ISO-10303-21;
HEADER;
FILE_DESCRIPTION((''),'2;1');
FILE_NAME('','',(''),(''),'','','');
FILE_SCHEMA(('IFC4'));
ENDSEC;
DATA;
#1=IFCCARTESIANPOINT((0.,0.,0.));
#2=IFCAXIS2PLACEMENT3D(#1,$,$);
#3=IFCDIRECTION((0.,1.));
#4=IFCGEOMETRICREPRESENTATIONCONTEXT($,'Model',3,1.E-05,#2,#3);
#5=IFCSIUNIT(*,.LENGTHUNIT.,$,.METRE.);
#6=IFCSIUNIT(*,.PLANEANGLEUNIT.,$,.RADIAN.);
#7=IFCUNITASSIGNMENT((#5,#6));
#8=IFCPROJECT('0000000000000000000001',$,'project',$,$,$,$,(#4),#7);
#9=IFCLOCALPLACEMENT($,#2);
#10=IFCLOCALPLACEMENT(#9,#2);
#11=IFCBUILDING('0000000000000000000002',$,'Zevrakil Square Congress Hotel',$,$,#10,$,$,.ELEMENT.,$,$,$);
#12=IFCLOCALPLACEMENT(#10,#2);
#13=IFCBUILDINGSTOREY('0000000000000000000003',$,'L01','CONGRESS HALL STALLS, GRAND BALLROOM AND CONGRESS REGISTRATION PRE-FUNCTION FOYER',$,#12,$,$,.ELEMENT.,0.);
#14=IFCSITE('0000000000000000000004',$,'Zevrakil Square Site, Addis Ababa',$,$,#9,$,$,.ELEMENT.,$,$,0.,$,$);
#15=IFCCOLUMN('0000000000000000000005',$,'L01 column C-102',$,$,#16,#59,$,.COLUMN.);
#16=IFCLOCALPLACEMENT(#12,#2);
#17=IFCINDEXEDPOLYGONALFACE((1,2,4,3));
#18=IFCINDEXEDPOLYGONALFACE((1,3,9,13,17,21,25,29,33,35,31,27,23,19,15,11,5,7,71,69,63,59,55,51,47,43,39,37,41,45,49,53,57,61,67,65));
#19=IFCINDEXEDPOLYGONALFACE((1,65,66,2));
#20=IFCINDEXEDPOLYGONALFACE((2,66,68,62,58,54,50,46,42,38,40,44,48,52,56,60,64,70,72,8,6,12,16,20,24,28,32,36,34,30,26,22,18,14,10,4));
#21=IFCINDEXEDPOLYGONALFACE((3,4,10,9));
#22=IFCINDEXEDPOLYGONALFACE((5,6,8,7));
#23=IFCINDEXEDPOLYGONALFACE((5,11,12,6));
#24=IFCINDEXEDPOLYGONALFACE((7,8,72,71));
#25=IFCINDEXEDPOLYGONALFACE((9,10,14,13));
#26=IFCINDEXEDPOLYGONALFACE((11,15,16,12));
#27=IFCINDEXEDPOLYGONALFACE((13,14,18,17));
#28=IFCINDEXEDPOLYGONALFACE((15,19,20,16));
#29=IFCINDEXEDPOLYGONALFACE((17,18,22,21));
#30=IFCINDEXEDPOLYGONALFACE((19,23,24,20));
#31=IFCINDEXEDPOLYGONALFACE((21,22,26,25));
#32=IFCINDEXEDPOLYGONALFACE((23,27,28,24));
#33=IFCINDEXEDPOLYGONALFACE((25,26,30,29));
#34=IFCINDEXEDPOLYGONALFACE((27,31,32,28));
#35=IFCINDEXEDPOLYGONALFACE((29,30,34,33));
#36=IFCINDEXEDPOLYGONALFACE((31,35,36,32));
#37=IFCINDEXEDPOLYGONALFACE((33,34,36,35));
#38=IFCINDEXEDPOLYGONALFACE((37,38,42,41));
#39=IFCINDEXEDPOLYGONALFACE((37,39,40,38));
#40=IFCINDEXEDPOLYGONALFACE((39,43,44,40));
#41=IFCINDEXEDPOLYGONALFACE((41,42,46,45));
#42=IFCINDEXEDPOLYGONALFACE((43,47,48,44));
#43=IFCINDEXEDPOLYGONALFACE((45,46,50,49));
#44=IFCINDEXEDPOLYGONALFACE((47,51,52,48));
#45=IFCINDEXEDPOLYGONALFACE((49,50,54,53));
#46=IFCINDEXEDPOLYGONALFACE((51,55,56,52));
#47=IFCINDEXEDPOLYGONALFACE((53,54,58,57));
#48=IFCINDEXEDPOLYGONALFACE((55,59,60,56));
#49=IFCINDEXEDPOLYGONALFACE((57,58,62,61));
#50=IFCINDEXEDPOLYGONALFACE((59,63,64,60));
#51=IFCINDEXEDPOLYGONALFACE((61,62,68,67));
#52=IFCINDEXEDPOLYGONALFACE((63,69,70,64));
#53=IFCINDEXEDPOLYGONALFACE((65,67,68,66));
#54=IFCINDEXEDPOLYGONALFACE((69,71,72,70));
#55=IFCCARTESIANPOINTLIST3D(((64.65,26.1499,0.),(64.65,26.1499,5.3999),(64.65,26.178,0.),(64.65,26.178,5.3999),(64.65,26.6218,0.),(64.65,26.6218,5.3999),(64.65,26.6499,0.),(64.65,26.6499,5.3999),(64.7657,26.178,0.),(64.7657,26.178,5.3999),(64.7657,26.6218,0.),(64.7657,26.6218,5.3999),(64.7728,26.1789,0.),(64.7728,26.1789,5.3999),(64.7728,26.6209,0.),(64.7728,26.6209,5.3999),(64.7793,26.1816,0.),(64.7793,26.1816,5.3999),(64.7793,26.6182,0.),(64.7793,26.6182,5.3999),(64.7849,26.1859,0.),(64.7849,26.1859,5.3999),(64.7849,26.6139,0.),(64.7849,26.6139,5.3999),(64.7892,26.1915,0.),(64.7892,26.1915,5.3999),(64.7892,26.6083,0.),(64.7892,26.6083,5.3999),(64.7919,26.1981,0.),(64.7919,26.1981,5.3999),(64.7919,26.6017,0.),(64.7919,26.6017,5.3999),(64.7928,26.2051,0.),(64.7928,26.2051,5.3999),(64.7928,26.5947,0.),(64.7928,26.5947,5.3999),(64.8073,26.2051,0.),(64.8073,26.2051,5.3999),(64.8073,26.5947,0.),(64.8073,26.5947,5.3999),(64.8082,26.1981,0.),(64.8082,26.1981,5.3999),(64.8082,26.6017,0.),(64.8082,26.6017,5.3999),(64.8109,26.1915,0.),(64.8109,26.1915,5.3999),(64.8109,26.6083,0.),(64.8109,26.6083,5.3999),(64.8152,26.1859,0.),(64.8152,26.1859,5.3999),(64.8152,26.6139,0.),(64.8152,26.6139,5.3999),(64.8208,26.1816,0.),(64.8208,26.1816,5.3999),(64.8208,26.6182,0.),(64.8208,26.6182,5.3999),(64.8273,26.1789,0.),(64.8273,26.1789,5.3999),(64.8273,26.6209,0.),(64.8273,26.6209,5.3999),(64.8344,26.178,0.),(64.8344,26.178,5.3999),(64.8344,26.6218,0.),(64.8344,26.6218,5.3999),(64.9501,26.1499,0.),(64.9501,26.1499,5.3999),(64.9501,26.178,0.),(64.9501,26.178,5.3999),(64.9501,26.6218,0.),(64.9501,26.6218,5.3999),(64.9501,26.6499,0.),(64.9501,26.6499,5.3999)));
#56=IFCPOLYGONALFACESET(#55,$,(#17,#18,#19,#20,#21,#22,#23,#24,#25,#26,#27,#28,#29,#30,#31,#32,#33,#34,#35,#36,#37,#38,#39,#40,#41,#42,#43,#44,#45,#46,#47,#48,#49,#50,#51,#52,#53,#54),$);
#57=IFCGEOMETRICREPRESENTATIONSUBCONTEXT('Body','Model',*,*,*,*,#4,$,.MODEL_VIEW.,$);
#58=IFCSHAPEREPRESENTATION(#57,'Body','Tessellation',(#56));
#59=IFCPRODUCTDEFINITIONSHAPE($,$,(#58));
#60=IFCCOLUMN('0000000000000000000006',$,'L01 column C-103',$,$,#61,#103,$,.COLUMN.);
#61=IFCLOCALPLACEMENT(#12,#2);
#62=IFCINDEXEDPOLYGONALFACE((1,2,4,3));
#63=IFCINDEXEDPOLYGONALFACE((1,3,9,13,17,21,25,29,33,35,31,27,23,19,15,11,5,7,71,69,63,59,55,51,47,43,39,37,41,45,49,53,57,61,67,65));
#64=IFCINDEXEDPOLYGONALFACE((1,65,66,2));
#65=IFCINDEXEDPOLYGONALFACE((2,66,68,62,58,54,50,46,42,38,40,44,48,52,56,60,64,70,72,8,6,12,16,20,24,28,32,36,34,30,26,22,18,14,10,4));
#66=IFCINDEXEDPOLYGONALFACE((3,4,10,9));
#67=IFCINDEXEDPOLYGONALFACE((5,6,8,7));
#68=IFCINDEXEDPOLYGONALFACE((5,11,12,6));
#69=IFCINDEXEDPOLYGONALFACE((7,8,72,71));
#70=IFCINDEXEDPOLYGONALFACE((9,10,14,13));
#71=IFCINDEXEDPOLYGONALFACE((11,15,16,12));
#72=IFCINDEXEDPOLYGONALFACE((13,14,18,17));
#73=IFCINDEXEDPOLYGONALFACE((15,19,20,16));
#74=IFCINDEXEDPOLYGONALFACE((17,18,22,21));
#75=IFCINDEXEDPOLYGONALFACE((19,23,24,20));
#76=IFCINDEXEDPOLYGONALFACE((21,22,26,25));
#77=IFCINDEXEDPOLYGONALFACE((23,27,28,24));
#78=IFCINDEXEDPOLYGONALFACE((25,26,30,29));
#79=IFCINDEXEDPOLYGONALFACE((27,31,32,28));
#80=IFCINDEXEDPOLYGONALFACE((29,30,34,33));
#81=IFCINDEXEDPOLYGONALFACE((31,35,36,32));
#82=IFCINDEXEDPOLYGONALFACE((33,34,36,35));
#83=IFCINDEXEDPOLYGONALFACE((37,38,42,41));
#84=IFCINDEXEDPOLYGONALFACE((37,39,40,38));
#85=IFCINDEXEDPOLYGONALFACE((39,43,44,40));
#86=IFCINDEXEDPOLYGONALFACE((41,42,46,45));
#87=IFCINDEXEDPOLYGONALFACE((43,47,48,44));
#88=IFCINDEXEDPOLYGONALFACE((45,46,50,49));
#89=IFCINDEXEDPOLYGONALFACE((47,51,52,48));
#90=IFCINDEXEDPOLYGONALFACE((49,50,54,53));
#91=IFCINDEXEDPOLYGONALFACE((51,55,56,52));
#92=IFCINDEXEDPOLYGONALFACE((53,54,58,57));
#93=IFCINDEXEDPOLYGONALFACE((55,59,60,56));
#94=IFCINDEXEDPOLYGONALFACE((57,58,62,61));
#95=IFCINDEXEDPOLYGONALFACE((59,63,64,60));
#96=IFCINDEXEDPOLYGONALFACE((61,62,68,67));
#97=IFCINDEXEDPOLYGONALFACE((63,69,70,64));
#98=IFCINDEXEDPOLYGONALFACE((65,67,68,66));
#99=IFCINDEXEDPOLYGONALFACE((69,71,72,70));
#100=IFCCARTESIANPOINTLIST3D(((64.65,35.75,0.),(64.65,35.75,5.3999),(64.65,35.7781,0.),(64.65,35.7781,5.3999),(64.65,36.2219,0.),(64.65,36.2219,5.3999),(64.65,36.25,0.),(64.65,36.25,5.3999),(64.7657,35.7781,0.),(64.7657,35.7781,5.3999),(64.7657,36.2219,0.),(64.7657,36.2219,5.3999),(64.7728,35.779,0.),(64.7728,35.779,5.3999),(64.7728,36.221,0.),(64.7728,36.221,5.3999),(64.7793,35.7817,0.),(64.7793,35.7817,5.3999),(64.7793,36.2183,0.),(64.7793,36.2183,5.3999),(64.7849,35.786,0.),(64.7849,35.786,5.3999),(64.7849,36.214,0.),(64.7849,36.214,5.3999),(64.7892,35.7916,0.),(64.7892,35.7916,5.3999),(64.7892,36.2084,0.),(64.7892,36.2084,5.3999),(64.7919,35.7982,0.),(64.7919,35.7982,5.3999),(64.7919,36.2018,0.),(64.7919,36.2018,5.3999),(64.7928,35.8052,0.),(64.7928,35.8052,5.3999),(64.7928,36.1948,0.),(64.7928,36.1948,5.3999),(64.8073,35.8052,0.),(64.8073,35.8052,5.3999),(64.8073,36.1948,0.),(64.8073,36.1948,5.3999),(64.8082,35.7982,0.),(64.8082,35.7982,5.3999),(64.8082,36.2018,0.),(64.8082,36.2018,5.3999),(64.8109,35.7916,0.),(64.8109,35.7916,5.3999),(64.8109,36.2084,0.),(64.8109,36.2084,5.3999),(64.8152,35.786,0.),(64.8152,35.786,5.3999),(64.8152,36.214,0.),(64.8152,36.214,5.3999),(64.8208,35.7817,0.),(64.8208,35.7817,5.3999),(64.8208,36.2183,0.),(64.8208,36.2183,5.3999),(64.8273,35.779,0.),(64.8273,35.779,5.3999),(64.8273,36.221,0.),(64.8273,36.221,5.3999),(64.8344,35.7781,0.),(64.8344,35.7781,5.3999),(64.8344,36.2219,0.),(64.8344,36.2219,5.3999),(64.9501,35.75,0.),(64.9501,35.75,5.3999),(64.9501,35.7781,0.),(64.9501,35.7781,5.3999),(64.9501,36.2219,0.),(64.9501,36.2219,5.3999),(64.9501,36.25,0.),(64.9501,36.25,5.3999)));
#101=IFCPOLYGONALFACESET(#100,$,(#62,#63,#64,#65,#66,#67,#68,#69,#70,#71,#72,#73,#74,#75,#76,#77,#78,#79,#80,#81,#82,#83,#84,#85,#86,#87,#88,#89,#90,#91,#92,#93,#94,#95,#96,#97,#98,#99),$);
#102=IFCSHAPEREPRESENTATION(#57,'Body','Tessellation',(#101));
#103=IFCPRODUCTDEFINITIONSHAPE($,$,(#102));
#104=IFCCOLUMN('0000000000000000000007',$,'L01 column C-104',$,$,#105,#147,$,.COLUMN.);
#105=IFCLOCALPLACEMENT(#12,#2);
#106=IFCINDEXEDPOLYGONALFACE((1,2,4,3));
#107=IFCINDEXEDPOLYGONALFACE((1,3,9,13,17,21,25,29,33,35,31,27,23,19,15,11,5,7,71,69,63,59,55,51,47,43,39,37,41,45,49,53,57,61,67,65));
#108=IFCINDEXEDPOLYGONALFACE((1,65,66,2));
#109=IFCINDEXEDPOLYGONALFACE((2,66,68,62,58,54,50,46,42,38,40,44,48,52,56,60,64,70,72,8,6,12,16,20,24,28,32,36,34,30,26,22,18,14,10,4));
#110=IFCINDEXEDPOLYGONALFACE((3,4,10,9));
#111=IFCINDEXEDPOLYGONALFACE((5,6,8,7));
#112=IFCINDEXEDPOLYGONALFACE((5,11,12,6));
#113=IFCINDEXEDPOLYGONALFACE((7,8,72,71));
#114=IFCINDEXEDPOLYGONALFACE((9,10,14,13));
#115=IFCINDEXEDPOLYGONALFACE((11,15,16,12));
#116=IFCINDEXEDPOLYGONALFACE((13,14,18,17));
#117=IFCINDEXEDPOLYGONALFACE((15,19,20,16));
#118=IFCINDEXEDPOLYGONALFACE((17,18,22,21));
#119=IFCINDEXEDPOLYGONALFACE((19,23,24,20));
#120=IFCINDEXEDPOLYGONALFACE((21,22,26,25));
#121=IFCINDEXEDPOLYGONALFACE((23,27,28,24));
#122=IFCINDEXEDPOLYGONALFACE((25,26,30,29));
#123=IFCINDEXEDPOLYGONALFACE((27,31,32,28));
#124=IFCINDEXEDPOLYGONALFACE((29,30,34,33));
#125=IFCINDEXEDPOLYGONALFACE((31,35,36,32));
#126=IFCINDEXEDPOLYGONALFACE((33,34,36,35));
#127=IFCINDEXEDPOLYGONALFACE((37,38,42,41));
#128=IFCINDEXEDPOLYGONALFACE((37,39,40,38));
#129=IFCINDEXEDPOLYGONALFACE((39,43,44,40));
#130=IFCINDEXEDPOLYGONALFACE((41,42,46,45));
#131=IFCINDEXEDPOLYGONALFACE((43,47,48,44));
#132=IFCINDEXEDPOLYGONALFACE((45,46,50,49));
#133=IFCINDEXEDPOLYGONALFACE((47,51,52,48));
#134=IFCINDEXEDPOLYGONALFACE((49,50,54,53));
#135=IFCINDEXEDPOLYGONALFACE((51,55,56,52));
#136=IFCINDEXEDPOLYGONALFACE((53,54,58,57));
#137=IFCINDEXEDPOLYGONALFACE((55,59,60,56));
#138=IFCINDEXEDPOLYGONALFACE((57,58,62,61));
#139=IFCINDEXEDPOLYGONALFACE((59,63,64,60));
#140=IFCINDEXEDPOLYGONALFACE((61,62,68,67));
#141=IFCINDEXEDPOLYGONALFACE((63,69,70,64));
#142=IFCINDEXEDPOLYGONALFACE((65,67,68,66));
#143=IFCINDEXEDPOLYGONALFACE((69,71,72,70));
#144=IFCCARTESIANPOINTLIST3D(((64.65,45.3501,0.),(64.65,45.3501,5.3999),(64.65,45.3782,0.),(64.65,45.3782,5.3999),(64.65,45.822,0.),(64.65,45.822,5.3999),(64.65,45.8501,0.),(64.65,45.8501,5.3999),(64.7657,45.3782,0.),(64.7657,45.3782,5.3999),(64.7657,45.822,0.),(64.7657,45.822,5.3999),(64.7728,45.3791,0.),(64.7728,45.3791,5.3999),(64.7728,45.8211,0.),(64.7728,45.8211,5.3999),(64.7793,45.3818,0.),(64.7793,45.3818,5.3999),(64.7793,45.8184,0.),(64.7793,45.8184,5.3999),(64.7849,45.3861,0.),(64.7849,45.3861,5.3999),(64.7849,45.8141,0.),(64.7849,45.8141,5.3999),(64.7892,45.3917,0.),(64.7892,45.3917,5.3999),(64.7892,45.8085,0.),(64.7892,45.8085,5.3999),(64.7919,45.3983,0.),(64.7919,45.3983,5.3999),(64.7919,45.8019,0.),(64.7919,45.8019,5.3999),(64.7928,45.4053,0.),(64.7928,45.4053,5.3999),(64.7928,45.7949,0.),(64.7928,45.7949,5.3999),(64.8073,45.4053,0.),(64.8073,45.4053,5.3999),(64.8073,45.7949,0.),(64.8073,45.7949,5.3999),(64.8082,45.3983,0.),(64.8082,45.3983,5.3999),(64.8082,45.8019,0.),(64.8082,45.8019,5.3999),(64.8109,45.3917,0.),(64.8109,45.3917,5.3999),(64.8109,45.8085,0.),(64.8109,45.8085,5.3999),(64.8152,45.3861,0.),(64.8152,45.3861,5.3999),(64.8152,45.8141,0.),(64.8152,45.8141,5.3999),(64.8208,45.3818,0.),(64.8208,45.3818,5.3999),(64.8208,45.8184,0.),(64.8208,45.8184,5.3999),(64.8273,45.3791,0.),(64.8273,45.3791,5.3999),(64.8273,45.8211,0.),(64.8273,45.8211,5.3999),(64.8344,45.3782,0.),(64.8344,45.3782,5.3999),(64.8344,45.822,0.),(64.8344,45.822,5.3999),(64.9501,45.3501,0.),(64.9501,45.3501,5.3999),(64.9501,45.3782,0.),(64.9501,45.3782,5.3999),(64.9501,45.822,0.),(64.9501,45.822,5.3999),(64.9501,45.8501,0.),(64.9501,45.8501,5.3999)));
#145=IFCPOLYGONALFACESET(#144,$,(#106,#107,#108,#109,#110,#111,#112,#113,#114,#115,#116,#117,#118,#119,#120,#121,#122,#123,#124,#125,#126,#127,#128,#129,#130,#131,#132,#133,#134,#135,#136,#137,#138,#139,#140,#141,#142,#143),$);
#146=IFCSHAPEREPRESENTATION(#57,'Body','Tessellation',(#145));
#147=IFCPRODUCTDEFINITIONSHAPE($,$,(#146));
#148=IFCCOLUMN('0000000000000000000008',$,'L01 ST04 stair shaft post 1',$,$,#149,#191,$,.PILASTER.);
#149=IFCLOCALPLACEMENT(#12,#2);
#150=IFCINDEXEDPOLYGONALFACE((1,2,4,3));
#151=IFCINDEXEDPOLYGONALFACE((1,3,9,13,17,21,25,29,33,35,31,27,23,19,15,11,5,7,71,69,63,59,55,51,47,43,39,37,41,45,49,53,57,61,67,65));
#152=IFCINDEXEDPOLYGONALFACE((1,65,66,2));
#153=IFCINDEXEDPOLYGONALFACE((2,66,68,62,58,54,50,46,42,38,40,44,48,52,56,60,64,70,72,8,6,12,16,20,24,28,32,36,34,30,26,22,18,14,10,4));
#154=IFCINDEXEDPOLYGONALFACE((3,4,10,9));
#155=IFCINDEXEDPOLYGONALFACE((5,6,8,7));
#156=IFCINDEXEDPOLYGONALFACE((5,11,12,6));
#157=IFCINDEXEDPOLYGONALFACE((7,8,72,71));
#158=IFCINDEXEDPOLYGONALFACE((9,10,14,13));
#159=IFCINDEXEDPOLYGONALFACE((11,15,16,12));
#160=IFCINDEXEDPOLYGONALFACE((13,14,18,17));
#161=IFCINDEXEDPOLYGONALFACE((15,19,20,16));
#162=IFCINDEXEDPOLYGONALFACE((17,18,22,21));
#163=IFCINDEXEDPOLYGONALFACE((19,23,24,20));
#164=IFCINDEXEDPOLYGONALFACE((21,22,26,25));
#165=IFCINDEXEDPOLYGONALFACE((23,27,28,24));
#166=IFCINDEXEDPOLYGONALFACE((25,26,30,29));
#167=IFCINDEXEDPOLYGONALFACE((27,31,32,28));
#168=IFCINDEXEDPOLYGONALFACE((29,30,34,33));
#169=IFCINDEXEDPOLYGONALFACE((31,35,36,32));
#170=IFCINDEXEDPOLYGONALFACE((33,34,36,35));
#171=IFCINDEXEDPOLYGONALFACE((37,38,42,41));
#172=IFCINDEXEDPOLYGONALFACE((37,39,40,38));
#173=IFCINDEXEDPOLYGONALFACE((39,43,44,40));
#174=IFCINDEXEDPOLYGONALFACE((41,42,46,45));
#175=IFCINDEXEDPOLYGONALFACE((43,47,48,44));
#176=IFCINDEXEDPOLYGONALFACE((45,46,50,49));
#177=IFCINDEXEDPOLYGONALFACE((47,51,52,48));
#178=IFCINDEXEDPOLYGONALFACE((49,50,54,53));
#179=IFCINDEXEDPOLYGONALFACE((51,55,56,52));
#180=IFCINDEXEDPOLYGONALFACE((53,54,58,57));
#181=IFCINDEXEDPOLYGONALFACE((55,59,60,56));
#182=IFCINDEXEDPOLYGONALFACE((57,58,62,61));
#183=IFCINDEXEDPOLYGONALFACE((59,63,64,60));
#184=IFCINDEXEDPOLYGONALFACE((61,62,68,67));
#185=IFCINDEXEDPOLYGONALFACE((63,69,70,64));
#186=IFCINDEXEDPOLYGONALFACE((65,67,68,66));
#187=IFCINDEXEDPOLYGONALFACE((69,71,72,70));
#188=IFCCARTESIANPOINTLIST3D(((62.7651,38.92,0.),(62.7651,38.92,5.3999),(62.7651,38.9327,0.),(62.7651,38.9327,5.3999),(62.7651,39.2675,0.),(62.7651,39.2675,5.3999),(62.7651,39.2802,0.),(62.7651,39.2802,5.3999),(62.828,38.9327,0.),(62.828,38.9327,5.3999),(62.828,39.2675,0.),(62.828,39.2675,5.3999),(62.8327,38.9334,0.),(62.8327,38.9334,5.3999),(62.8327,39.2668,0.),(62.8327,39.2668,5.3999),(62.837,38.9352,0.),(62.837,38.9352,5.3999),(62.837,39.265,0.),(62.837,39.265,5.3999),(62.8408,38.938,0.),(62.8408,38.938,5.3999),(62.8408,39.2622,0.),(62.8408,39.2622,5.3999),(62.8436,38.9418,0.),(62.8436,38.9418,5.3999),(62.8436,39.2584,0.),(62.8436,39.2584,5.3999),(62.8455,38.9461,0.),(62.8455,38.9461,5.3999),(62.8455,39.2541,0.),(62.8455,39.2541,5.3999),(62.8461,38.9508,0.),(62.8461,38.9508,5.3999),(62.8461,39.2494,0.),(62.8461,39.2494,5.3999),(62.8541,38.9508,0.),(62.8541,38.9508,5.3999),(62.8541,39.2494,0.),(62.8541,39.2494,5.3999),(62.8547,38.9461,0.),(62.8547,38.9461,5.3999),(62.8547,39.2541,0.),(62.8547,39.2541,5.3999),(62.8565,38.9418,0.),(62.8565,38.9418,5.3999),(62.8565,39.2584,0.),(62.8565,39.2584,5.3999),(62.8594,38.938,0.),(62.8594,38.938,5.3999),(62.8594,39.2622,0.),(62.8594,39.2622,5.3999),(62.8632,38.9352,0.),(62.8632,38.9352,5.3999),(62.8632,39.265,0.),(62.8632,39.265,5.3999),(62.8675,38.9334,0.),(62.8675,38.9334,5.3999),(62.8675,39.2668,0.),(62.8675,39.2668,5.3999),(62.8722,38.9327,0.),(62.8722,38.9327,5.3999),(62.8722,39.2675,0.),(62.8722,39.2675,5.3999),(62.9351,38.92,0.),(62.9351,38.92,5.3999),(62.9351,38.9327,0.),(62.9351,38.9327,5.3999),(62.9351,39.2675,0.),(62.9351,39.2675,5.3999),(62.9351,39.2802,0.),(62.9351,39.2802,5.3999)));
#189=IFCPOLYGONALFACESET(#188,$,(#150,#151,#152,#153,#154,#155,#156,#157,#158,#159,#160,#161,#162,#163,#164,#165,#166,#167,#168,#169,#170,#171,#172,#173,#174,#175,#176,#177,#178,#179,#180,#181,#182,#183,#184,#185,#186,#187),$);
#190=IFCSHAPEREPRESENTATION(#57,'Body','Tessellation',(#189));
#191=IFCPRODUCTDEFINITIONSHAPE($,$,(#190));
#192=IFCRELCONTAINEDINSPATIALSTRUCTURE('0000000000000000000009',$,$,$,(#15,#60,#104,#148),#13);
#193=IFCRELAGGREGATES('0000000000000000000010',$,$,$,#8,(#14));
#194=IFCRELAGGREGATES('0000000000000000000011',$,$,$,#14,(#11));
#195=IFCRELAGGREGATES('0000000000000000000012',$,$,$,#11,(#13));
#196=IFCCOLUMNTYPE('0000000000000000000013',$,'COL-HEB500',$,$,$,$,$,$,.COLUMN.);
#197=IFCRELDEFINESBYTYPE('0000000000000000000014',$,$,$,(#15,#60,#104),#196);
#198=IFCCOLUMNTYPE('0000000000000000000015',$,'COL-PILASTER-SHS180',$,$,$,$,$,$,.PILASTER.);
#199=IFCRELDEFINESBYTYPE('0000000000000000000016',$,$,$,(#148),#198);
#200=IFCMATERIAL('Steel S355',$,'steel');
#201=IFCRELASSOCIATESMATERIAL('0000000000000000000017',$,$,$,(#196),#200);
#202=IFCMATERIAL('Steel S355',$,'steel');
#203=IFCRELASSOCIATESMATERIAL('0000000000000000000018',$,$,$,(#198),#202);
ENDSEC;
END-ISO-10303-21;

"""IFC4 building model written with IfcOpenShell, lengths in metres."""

from ifc_helpers import new_model, si_unit, direction, frame, origin, origin_2d, place, context, subcontext, project, spatial, i_section, extrude, material, material_profile, profile_set, type_object, element, save


model = new_model("IFC4")

# Units and contexts
model_context = context("Model", 3, precision=1e-05, world=origin(), true_north=direction((0.0, 1.0)))
body_context = subcontext(model_context, "Body", "Model", "MODEL_VIEW")
ifc_project = project(units=[si_unit("LENGTHUNIT", "METRE"), si_unit("PLANEANGLEUNIT", "RADIAN")], contexts=[model_context])

# Site, building, storey
site_placement = place(None, origin())
site = spatial("IfcSite", under=ifc_project, at=site_placement, Name="Zevrakil Square Site, Addis Ababa", CompositionType="ELEMENT", RefElevation=0.0)
building_placement = place(site_placement, origin())
building = spatial("IfcBuilding", under=site, at=building_placement, Name="Zevrakil Square Congress Hotel", CompositionType="ELEMENT")
storey_placement = place(building_placement, origin())
storey = spatial("IfcBuildingStorey", under=building, at=storey_placement, Name="L01", Description="CONGRESS HALL STALLS, GRAND BALLROOM AND CONGRESS REGISTRATION PRE-FUNCTION FOYER", CompositionType="ELEMENT", Elevation=0.0)

# Columns
ifc_material_1 = material(Name="Steel S355", Category="steel")
ifc_material_profile_1 = material_profile(ifc_material_1, i_section(OverallWidth=0.3, OverallDepth=0.5, WebThickness=0.0144, FlangeThickness=0.0281, FilletRadius=0.0271, at=origin_2d()), Name="HEB 500")
ifc_profile_set_1 = profile_set([ifc_material_profile_1], Name="Steel S355")
column_type_1 = type_object("IfcColumnType", Name="COL-HEB500", PredefinedType="COLUMN", material=ifc_profile_set_1)
for number, where, z_axis, x_axis, name in (
    (1, (64.8, 26.3999, 0.0), (0.0, 0.0, 1.0), (1.0, 0.0, 0.0), "L01 column C-102"),
    (2, (64.8, 36.0, 0.0), (0.0, 0.0, 1.0), (1.0, 0.0, 0.0), "L01 column C-103"),
    (3, (64.8, 45.6001, 0.0), (0.0, 0.0, 1.0), (1.0, 0.0, 0.0), "L01 column C-104"),
):
    element("IfcColumn", number, at=place(storey_placement, frame(where, z_axis=z_axis, x_axis=x_axis)), inside=storey, type_object=column_type_1, Name=name, PredefinedType="COLUMN", context=body_context, shape_type="SweptSolid", body=[
        extrude(i_section(OverallWidth=0.3, OverallDepth=0.5, WebThickness=0.0144, FlangeThickness=0.0281, FilletRadius=0.0271, at=origin_2d()), origin(), (0.0, 0.0, 1.0), 5.3999),
    ])
ifc_material_2 = material(Name="Steel S355", Category="steel")
ifc_material_profile_2 = material_profile(ifc_material_2, i_section(OverallWidth=0.1699, OverallDepth=0.3601, WebThickness=0.0081, FlangeThickness=0.0127, FilletRadius=0.0181, at=origin_2d()), Name="IPE 360")
ifc_profile_set_2 = profile_set([ifc_material_profile_2], Name="Steel S355")
column_type_2 = type_object("IfcColumnType", Name="COL-PILASTER-SHS180", PredefinedType="PILASTER", material=ifc_profile_set_2)
for number, where, z_axis, x_axis, name in (
    (4, (62.8501, 39.1001, 0.0), (0.0, 0.0, 1.0), (1.0, 0.0, 0.0), "L01 ST04 stair shaft post 1"),
):
    element("IfcColumn", number, at=place(storey_placement, frame(where, z_axis=z_axis, x_axis=x_axis)), inside=storey, type_object=column_type_2, Name=name, PredefinedType="PILASTER", context=body_context, shape_type="SweptSolid", body=[
        extrude(i_section(OverallWidth=0.1699, OverallDepth=0.3601, WebThickness=0.0081, FlangeThickness=0.0127, FilletRadius=0.0181, at=origin_2d()), origin(), (0.0, 0.0, 1.0), 5.3999),
    ])

save(model, "model.ifc")
